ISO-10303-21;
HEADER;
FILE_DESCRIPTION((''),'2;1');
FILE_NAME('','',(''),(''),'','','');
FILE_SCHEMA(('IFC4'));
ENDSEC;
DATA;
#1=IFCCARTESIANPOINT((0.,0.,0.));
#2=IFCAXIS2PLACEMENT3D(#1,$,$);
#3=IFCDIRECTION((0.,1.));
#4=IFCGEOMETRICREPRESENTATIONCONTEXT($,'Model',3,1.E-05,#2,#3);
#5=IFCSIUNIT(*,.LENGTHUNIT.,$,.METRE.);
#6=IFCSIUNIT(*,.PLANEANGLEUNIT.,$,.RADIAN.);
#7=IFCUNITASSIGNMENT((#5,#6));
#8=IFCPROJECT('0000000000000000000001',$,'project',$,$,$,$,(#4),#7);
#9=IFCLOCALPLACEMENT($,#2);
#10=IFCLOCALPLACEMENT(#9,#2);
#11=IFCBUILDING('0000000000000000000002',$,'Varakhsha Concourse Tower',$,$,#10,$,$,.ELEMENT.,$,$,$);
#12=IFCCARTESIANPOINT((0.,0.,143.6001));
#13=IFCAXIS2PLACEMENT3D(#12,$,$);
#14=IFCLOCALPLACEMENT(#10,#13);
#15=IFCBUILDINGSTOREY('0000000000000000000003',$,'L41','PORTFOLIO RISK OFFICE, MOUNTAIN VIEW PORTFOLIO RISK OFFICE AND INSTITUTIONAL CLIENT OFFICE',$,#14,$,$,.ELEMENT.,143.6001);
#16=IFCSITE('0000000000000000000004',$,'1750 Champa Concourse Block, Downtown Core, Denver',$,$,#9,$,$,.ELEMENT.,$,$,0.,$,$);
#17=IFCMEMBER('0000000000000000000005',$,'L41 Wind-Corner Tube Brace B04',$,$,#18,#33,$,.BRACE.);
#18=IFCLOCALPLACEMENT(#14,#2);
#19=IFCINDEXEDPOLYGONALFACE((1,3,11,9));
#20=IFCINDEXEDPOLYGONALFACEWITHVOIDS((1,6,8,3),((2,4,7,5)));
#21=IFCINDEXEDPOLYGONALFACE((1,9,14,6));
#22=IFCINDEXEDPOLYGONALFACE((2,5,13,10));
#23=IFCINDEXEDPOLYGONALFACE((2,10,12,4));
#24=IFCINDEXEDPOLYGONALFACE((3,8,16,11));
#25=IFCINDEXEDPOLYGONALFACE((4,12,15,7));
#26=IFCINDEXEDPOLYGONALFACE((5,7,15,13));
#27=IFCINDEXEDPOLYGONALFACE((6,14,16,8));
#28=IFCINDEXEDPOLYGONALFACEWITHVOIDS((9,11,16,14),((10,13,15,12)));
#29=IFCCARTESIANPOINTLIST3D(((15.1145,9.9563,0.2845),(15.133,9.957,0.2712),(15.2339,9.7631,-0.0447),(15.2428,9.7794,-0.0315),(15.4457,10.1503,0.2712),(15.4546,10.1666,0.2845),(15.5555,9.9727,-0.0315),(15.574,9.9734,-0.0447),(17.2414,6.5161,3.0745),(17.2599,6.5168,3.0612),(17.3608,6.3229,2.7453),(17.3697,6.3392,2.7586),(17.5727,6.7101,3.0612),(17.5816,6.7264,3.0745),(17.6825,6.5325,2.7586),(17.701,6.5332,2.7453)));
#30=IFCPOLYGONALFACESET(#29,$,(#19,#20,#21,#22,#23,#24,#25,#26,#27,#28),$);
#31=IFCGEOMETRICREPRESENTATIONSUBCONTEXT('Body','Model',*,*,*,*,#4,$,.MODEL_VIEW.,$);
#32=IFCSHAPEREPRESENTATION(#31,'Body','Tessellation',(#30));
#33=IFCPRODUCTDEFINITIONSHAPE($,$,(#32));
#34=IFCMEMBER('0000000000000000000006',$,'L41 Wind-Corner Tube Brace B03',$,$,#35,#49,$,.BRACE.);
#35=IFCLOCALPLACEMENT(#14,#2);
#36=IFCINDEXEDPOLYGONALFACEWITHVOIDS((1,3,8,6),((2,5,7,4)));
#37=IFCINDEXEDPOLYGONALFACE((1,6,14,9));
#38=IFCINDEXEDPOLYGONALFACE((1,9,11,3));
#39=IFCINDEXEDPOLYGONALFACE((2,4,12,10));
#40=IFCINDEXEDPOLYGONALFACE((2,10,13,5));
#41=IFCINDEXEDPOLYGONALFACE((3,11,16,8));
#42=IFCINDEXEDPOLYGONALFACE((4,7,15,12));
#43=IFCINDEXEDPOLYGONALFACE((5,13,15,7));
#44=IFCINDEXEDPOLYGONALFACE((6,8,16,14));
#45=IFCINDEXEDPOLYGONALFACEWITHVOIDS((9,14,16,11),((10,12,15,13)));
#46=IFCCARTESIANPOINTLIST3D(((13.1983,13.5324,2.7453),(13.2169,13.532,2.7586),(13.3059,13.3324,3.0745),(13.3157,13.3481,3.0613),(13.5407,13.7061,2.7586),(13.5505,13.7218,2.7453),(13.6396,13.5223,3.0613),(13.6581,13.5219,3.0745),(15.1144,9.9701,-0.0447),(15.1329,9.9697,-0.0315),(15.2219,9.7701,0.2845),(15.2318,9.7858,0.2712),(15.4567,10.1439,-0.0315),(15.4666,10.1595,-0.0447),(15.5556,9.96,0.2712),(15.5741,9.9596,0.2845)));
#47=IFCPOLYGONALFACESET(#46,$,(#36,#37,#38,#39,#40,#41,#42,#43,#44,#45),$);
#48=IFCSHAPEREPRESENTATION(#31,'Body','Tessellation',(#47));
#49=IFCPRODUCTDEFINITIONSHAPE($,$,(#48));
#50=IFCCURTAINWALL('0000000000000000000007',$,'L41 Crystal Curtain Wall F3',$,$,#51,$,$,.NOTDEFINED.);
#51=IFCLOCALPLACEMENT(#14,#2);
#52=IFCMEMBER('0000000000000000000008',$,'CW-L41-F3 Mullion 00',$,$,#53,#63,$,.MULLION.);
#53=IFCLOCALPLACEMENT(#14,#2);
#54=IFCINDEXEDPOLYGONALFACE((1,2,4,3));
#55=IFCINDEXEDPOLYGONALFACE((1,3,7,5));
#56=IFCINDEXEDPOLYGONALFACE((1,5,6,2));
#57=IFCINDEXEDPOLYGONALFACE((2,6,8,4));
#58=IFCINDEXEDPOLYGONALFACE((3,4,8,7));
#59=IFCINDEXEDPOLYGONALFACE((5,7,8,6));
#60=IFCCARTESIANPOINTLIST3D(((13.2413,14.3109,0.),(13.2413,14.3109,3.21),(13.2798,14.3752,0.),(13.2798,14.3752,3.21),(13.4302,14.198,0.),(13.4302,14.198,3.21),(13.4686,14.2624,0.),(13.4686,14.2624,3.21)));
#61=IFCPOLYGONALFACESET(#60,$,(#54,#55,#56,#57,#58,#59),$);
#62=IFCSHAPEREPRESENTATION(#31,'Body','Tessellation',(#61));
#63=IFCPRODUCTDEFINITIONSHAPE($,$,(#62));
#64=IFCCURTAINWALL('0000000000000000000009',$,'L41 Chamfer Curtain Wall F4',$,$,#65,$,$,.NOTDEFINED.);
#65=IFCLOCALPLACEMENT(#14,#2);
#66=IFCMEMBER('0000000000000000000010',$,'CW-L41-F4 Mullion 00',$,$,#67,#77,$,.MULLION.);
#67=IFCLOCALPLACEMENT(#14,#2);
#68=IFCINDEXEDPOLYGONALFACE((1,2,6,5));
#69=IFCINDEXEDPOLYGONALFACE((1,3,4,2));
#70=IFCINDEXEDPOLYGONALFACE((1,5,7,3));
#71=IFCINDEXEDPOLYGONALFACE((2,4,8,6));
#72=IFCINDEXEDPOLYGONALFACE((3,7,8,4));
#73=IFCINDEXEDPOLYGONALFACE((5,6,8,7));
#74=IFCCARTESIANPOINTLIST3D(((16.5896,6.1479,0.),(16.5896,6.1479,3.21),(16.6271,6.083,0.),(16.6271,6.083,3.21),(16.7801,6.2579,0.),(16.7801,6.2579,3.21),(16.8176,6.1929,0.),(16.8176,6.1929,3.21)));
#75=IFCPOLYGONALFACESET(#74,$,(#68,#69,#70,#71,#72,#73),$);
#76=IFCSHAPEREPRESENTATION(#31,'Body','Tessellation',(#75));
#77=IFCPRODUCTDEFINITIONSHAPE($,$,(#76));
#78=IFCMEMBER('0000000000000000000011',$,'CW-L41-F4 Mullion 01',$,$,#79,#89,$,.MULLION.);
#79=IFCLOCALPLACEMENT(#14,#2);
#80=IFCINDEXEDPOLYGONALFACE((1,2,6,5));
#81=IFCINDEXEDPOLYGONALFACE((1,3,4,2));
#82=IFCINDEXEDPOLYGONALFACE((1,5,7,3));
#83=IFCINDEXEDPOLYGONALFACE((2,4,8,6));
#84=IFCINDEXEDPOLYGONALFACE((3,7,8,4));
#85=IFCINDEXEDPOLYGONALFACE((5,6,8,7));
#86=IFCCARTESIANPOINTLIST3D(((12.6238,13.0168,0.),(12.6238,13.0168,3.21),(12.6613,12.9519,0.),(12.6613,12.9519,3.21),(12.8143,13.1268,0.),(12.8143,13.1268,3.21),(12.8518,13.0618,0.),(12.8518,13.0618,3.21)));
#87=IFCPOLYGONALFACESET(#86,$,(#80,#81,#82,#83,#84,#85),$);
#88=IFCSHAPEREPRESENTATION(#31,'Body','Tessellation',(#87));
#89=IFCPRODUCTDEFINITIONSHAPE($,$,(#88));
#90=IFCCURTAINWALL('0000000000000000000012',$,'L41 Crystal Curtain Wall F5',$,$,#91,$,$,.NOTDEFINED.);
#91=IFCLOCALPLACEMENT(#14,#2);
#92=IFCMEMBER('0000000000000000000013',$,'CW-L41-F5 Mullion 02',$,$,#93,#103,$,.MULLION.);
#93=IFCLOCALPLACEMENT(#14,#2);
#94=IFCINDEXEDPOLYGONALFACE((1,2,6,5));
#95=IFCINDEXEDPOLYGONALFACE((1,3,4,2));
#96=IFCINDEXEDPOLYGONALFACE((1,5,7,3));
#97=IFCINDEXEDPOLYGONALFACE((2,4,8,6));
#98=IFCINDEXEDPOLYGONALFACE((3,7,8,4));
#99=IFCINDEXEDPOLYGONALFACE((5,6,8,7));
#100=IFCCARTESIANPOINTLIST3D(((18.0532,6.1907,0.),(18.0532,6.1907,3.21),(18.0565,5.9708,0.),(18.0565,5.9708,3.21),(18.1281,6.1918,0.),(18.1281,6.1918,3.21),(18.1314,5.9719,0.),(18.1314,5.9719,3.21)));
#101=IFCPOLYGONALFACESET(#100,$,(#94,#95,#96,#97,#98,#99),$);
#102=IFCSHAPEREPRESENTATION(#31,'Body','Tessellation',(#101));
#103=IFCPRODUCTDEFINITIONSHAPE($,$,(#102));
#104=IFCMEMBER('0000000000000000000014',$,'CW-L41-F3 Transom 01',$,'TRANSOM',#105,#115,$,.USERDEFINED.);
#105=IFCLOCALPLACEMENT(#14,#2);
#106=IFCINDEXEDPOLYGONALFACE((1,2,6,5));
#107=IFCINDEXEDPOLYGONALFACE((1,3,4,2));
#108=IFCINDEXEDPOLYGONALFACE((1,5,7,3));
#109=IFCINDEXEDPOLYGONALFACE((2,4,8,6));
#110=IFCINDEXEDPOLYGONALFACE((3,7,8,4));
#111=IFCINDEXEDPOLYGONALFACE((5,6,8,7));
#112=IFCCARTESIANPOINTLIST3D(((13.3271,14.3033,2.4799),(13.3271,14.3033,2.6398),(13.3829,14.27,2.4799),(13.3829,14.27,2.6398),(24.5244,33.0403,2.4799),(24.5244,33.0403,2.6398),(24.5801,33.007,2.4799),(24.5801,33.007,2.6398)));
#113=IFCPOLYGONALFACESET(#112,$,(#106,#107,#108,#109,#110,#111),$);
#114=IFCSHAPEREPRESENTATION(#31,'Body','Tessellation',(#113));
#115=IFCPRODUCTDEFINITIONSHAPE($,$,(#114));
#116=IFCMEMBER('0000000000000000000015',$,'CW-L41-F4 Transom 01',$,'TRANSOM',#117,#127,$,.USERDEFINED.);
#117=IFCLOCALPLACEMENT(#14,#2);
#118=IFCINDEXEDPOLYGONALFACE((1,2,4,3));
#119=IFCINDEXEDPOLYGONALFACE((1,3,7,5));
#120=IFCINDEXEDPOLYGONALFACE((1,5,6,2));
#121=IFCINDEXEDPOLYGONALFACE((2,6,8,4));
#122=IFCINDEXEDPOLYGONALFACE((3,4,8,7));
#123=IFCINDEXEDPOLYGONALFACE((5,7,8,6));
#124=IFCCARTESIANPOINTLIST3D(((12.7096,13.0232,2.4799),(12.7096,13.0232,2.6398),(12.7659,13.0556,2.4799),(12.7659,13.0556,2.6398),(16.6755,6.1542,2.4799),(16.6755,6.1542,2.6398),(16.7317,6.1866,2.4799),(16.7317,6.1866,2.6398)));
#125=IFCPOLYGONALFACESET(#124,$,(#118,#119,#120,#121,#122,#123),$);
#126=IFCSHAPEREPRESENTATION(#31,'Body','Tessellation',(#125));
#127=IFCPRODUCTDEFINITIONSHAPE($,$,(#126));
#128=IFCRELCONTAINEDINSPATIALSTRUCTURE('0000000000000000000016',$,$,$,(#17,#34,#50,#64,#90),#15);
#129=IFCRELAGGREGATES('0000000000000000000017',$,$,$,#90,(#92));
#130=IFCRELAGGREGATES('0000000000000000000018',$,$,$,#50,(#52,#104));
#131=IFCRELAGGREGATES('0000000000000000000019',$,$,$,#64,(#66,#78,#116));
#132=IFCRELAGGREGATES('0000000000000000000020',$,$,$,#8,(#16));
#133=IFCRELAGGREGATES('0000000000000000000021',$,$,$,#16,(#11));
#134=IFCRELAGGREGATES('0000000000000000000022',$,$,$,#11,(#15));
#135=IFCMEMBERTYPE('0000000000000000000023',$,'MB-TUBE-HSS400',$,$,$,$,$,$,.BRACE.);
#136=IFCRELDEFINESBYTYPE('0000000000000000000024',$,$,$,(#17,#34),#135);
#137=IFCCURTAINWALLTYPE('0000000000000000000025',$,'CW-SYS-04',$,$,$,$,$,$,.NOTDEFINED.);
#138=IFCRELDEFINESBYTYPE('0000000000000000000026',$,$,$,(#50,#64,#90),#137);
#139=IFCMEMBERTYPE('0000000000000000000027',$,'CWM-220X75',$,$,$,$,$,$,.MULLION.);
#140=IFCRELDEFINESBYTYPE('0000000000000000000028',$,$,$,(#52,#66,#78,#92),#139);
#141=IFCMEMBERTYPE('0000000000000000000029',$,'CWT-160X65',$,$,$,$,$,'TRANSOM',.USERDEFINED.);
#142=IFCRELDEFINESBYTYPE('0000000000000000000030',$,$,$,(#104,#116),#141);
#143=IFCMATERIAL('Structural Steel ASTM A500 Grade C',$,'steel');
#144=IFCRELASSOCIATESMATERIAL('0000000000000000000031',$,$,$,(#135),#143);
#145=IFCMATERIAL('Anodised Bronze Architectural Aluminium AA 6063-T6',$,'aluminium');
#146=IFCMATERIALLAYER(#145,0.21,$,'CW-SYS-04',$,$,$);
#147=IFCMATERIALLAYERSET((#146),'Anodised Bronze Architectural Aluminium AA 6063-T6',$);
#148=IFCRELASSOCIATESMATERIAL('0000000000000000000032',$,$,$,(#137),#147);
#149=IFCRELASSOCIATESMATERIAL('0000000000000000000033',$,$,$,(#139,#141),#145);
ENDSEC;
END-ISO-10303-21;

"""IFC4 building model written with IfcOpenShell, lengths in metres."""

from ifc_helpers import new_model, si_unit, direction, frame, origin, origin_2d, place, context, subcontext, project, spatial, rectangle, hollow_rectangle, extrude, source, transform, mapped, material, layer, layer_set, material_profile, profile_set, type_object, type_shapes, element, aggregate, save


model = new_model("IFC4")

# Units and contexts
model_context = context("Model", 3, precision=1e-05, world=origin(), true_north=direction((0.0, 1.0)))
body_context = subcontext(model_context, "Body", "Model", "MODEL_VIEW")
ifc_project = project(units=[si_unit("LENGTHUNIT", "METRE"), si_unit("PLANEANGLEUNIT", "RADIAN")], contexts=[model_context])

# Site, building, storey
site_placement = place(None, origin())
site = spatial("IfcSite", under=ifc_project, at=site_placement, Name="1750 Champa Concourse Block, Downtown Core, Denver", CompositionType="ELEMENT", RefElevation=0.0)
building_placement = place(site_placement, origin())
building = spatial("IfcBuilding", under=site, at=building_placement, Name="Varakhsha Concourse Tower", CompositionType="ELEMENT")
storey_placement = place(building_placement, frame((0.0, 0.0, 143.6001)))
storey = spatial("IfcBuildingStorey", under=building, at=storey_placement, Name="L41", Description="PORTFOLIO RISK OFFICE, MOUNTAIN VIEW PORTFOLIO RISK OFFICE AND INSTITUTIONAL CLIENT OFFICE", CompositionType="ELEMENT", Elevation=143.6001)

# Members
ifc_material_1 = material(Name="Structural Steel ASTM A500 Grade C", Category="steel")
ifc_material_profile_1 = material_profile(ifc_material_1, hollow_rectangle(XDim=0.3999, YDim=0.3999, WallThickness=0.0161, at=origin_2d()), Name="HSS 400x400x16")
ifc_profile_set_1 = profile_set([ifc_material_profile_1], Name="Structural Steel ASTM A500 Grade C")
member_type_1 = type_object("IfcMemberType", Name="MB-TUBE-HSS400", PredefinedType="BRACE", material=ifc_profile_set_1)
shared_shape_1 = source(origin(), body_context, "Body", "SweptSolid", [
    extrude(hollow_rectangle(XDim=0.3999, YDim=0.3999, WallThickness=0.0161, at=origin_2d()), origin(), (0.0, 0.0, 1.0), 4.9136),
])
member_1_placement = place(storey_placement, frame((15.3442, 9.9648, 0.1199), z_axis=(0.432874, -0.70014, 0.567824), x_axis=(0.850562, 0.525875, 0.0)))
element("IfcMember", 1, at=member_1_placement, inside=storey, type_object=member_type_1, Name="L41 Wind-Corner Tube Brace B04", PredefinedType="BRACE", context=body_context, shape_type="MappedRepresentation", body=[
    mapped(shared_shape_1, transform((0.0, 0.0, 0.0), scale=1.0)),
])
shared_shape_2 = source(origin(), body_context, "Body", "SweptSolid", [
    extrude(hollow_rectangle(XDim=0.3999, YDim=0.3999, WallThickness=0.0161, at=origin_2d()), origin(), (0.0, 0.0, 1.0), 4.9138),
])
type_shapes(member_type_1, [shared_shape_1, shared_shape_2])
member_2_placement = place(storey_placement, frame((15.3442, 9.9648, 0.1199), z_axis=(-0.389928, 0.724954, 0.567801), x_axis=(-0.88069, -0.473693, 0.0)))
element("IfcMember", 2, at=member_2_placement, inside=storey, type_object=member_type_1, Name="L41 Wind-Corner Tube Brace B03", PredefinedType="BRACE", context=body_context, shape_type="MappedRepresentation", body=[
    mapped(shared_shape_2, transform((0.0, 0.0, 0.0), scale=1.0)),
])

# Curtain wall, member
ifc_material_2 = material(Name="Anodised Bronze Architectural Aluminium AA 6063-T6", Category="aluminium")
ifc_layer_1 = layer(ifc_material_2, 0.21, Name="CW-SYS-04")
ifc_layer_set_1 = layer_set([ifc_layer_1], Name="Anodised Bronze Architectural Aluminium AA 6063-T6")
curtain_wall_type = type_object("IfcCurtainWallType", Name="CW-SYS-04", PredefinedType="NOTDEFINED", material=ifc_layer_set_1)
curtain_wall_1_placement = place(storey_placement, origin())
curtain_wall_1 = element("IfcCurtainWall", 3, at=curtain_wall_1_placement, inside=storey, type_object=curtain_wall_type, Name="L41 Crystal Curtain Wall F3", PredefinedType="NOTDEFINED")
ifc_material_profile_2 = material_profile(ifc_material_2, rectangle(XDim=0.075, YDim=0.22, at=origin_2d()), Name="CWM-220X75")
ifc_profile_set_2 = profile_set([ifc_material_profile_2], Name="Anodised Bronze Architectural Aluminium AA 6063-T6")
member_type_2 = type_object("IfcMemberType", Name="CWM-220X75", PredefinedType="MULLION", material=ifc_profile_set_2)
shared_shape_3 = source(origin(), body_context, "Body", "SweptSolid", [
    extrude(rectangle(XDim=0.075, YDim=0.22, at=origin_2d()), origin(), (0.0, 0.0, 1.0), 3.21),
])
type_shapes(member_type_2, [shared_shape_3])
member_3_placement = place(storey_placement, frame((13.355, 14.2866, 0.0), z_axis=(0.0, 0.0, 1.0), x_axis=(0.512984, 0.858398, 0.0)))
member_3 = element("IfcMember", 4, at=member_3_placement, type_object=member_type_2, Name="CW-L41-F3 Mullion 00", PredefinedType="MULLION", context=body_context, shape_type="MappedRepresentation", body=[
    mapped(shared_shape_3, transform((0.0, 0.0, 0.0), scale=1.0)),
])

# Curtain wall, members
curtain_wall_2_placement = place(storey_placement, origin())
curtain_wall_2 = element("IfcCurtainWall", 5, at=curtain_wall_2_placement, inside=storey, type_object=curtain_wall_type, Name="L41 Chamfer Curtain Wall F4", PredefinedType="NOTDEFINED")
member_4_placement = place(storey_placement, frame((16.7036, 6.1704, 0.0), z_axis=(0.0, 0.0, 1.0), x_axis=(-0.5, 0.866025, 0.0)))
member_4 = element("IfcMember", 6, at=member_4_placement, type_object=member_type_2, Name="CW-L41-F4 Mullion 00", PredefinedType="MULLION", context=body_context, shape_type="MappedRepresentation", body=[
    mapped(shared_shape_3, transform((0.0, 0.0, 0.0), scale=1.0)),
])
member_5_placement = place(storey_placement, frame((12.7378, 13.0393, 0.0), z_axis=(0.0, 0.0, 1.0), x_axis=(-0.5, 0.866025, 0.0)))
member_5 = element("IfcMember", 7, at=member_5_placement, type_object=member_type_2, Name="CW-L41-F4 Mullion 01", PredefinedType="MULLION", context=body_context, shape_type="MappedRepresentation", body=[
    mapped(shared_shape_3, transform((0.0, 0.0, 0.0), scale=1.0)),
])

# Curtain wall, member
curtain_wall_3_placement = place(storey_placement, origin())
curtain_wall_3 = element("IfcCurtainWall", 8, at=curtain_wall_3_placement, inside=storey, type_object=curtain_wall_type, Name="L41 Crystal Curtain Wall F5", PredefinedType="NOTDEFINED")
member_6_placement = place(storey_placement, frame((18.0923, 6.0813, 0.0), z_axis=(0.0, 0.0, 1.0), x_axis=(-0.999887, -0.015063, 0.0)))
member_6 = element("IfcMember", 9, at=member_6_placement, type_object=member_type_2, Name="CW-L41-F5 Mullion 02", PredefinedType="MULLION", context=body_context, shape_type="MappedRepresentation", body=[
    mapped(shared_shape_3, transform((0.0, 0.0, 0.0), scale=1.0)),
])
aggregate(curtain_wall_3, [member_6])

# Members
ifc_material_profile_3 = material_profile(ifc_material_2, rectangle(XDim=0.0649, YDim=0.1599, at=origin_2d()), Name="CWT-160X65")
ifc_profile_set_3 = profile_set([ifc_material_profile_3], Name="Anodised Bronze Architectural Aluminium AA 6063-T6")
member_type_3 = type_object("IfcMemberType", Name="CWT-160X65", ElementType="TRANSOM", PredefinedType="USERDEFINED", material=ifc_profile_set_3)
shared_shape_4 = source(origin(), body_context, "Body", "SweptSolid", [
    extrude(rectangle(XDim=0.0649, YDim=0.1599, at=origin_2d()), origin(), (0.0, 0.0, 1.0), 21.8279),
])
member_7_placement = place(storey_placement, frame((13.355, 14.2866, 2.5598), z_axis=(0.51298, 0.858401, 0.0), x_axis=(-0.858401, 0.51298, 0.0)))
member_7 = element("IfcMember", 10, at=member_7_placement, type_object=member_type_3, Name="CW-L41-F3 Transom 01", ObjectType="TRANSOM", PredefinedType="USERDEFINED", context=body_context, shape_type="MappedRepresentation", body=[
    mapped(shared_shape_4, transform((0.0, 0.0, 0.0), scale=1.0)),
])
shared_shape_5 = source(origin(), body_context, "Body", "SweptSolid", [
    extrude(rectangle(XDim=0.0649, YDim=0.1599, at=origin_2d()), origin(), (0.0, 0.0, 1.0), 7.9316),
])
type_shapes(member_type_3, [shared_shape_4, shared_shape_5])
member_8_placement = place(storey_placement, frame((16.7036, 6.1704, 2.5598), z_axis=(-0.500006, 0.866022, 0.0), x_axis=(-0.866022, -0.500006, 0.0)))
member_8 = element("IfcMember", 11, at=member_8_placement, type_object=member_type_3, Name="CW-L41-F4 Transom 01", ObjectType="TRANSOM", PredefinedType="USERDEFINED", context=body_context, shape_type="MappedRepresentation", body=[
    mapped(shared_shape_5, transform((0.0, 0.0, 0.0), scale=1.0)),
])

aggregate(curtain_wall_1, [member_3, member_7])
aggregate(curtain_wall_2, [member_4, member_5, member_8])

save(model, "model.ifc")
